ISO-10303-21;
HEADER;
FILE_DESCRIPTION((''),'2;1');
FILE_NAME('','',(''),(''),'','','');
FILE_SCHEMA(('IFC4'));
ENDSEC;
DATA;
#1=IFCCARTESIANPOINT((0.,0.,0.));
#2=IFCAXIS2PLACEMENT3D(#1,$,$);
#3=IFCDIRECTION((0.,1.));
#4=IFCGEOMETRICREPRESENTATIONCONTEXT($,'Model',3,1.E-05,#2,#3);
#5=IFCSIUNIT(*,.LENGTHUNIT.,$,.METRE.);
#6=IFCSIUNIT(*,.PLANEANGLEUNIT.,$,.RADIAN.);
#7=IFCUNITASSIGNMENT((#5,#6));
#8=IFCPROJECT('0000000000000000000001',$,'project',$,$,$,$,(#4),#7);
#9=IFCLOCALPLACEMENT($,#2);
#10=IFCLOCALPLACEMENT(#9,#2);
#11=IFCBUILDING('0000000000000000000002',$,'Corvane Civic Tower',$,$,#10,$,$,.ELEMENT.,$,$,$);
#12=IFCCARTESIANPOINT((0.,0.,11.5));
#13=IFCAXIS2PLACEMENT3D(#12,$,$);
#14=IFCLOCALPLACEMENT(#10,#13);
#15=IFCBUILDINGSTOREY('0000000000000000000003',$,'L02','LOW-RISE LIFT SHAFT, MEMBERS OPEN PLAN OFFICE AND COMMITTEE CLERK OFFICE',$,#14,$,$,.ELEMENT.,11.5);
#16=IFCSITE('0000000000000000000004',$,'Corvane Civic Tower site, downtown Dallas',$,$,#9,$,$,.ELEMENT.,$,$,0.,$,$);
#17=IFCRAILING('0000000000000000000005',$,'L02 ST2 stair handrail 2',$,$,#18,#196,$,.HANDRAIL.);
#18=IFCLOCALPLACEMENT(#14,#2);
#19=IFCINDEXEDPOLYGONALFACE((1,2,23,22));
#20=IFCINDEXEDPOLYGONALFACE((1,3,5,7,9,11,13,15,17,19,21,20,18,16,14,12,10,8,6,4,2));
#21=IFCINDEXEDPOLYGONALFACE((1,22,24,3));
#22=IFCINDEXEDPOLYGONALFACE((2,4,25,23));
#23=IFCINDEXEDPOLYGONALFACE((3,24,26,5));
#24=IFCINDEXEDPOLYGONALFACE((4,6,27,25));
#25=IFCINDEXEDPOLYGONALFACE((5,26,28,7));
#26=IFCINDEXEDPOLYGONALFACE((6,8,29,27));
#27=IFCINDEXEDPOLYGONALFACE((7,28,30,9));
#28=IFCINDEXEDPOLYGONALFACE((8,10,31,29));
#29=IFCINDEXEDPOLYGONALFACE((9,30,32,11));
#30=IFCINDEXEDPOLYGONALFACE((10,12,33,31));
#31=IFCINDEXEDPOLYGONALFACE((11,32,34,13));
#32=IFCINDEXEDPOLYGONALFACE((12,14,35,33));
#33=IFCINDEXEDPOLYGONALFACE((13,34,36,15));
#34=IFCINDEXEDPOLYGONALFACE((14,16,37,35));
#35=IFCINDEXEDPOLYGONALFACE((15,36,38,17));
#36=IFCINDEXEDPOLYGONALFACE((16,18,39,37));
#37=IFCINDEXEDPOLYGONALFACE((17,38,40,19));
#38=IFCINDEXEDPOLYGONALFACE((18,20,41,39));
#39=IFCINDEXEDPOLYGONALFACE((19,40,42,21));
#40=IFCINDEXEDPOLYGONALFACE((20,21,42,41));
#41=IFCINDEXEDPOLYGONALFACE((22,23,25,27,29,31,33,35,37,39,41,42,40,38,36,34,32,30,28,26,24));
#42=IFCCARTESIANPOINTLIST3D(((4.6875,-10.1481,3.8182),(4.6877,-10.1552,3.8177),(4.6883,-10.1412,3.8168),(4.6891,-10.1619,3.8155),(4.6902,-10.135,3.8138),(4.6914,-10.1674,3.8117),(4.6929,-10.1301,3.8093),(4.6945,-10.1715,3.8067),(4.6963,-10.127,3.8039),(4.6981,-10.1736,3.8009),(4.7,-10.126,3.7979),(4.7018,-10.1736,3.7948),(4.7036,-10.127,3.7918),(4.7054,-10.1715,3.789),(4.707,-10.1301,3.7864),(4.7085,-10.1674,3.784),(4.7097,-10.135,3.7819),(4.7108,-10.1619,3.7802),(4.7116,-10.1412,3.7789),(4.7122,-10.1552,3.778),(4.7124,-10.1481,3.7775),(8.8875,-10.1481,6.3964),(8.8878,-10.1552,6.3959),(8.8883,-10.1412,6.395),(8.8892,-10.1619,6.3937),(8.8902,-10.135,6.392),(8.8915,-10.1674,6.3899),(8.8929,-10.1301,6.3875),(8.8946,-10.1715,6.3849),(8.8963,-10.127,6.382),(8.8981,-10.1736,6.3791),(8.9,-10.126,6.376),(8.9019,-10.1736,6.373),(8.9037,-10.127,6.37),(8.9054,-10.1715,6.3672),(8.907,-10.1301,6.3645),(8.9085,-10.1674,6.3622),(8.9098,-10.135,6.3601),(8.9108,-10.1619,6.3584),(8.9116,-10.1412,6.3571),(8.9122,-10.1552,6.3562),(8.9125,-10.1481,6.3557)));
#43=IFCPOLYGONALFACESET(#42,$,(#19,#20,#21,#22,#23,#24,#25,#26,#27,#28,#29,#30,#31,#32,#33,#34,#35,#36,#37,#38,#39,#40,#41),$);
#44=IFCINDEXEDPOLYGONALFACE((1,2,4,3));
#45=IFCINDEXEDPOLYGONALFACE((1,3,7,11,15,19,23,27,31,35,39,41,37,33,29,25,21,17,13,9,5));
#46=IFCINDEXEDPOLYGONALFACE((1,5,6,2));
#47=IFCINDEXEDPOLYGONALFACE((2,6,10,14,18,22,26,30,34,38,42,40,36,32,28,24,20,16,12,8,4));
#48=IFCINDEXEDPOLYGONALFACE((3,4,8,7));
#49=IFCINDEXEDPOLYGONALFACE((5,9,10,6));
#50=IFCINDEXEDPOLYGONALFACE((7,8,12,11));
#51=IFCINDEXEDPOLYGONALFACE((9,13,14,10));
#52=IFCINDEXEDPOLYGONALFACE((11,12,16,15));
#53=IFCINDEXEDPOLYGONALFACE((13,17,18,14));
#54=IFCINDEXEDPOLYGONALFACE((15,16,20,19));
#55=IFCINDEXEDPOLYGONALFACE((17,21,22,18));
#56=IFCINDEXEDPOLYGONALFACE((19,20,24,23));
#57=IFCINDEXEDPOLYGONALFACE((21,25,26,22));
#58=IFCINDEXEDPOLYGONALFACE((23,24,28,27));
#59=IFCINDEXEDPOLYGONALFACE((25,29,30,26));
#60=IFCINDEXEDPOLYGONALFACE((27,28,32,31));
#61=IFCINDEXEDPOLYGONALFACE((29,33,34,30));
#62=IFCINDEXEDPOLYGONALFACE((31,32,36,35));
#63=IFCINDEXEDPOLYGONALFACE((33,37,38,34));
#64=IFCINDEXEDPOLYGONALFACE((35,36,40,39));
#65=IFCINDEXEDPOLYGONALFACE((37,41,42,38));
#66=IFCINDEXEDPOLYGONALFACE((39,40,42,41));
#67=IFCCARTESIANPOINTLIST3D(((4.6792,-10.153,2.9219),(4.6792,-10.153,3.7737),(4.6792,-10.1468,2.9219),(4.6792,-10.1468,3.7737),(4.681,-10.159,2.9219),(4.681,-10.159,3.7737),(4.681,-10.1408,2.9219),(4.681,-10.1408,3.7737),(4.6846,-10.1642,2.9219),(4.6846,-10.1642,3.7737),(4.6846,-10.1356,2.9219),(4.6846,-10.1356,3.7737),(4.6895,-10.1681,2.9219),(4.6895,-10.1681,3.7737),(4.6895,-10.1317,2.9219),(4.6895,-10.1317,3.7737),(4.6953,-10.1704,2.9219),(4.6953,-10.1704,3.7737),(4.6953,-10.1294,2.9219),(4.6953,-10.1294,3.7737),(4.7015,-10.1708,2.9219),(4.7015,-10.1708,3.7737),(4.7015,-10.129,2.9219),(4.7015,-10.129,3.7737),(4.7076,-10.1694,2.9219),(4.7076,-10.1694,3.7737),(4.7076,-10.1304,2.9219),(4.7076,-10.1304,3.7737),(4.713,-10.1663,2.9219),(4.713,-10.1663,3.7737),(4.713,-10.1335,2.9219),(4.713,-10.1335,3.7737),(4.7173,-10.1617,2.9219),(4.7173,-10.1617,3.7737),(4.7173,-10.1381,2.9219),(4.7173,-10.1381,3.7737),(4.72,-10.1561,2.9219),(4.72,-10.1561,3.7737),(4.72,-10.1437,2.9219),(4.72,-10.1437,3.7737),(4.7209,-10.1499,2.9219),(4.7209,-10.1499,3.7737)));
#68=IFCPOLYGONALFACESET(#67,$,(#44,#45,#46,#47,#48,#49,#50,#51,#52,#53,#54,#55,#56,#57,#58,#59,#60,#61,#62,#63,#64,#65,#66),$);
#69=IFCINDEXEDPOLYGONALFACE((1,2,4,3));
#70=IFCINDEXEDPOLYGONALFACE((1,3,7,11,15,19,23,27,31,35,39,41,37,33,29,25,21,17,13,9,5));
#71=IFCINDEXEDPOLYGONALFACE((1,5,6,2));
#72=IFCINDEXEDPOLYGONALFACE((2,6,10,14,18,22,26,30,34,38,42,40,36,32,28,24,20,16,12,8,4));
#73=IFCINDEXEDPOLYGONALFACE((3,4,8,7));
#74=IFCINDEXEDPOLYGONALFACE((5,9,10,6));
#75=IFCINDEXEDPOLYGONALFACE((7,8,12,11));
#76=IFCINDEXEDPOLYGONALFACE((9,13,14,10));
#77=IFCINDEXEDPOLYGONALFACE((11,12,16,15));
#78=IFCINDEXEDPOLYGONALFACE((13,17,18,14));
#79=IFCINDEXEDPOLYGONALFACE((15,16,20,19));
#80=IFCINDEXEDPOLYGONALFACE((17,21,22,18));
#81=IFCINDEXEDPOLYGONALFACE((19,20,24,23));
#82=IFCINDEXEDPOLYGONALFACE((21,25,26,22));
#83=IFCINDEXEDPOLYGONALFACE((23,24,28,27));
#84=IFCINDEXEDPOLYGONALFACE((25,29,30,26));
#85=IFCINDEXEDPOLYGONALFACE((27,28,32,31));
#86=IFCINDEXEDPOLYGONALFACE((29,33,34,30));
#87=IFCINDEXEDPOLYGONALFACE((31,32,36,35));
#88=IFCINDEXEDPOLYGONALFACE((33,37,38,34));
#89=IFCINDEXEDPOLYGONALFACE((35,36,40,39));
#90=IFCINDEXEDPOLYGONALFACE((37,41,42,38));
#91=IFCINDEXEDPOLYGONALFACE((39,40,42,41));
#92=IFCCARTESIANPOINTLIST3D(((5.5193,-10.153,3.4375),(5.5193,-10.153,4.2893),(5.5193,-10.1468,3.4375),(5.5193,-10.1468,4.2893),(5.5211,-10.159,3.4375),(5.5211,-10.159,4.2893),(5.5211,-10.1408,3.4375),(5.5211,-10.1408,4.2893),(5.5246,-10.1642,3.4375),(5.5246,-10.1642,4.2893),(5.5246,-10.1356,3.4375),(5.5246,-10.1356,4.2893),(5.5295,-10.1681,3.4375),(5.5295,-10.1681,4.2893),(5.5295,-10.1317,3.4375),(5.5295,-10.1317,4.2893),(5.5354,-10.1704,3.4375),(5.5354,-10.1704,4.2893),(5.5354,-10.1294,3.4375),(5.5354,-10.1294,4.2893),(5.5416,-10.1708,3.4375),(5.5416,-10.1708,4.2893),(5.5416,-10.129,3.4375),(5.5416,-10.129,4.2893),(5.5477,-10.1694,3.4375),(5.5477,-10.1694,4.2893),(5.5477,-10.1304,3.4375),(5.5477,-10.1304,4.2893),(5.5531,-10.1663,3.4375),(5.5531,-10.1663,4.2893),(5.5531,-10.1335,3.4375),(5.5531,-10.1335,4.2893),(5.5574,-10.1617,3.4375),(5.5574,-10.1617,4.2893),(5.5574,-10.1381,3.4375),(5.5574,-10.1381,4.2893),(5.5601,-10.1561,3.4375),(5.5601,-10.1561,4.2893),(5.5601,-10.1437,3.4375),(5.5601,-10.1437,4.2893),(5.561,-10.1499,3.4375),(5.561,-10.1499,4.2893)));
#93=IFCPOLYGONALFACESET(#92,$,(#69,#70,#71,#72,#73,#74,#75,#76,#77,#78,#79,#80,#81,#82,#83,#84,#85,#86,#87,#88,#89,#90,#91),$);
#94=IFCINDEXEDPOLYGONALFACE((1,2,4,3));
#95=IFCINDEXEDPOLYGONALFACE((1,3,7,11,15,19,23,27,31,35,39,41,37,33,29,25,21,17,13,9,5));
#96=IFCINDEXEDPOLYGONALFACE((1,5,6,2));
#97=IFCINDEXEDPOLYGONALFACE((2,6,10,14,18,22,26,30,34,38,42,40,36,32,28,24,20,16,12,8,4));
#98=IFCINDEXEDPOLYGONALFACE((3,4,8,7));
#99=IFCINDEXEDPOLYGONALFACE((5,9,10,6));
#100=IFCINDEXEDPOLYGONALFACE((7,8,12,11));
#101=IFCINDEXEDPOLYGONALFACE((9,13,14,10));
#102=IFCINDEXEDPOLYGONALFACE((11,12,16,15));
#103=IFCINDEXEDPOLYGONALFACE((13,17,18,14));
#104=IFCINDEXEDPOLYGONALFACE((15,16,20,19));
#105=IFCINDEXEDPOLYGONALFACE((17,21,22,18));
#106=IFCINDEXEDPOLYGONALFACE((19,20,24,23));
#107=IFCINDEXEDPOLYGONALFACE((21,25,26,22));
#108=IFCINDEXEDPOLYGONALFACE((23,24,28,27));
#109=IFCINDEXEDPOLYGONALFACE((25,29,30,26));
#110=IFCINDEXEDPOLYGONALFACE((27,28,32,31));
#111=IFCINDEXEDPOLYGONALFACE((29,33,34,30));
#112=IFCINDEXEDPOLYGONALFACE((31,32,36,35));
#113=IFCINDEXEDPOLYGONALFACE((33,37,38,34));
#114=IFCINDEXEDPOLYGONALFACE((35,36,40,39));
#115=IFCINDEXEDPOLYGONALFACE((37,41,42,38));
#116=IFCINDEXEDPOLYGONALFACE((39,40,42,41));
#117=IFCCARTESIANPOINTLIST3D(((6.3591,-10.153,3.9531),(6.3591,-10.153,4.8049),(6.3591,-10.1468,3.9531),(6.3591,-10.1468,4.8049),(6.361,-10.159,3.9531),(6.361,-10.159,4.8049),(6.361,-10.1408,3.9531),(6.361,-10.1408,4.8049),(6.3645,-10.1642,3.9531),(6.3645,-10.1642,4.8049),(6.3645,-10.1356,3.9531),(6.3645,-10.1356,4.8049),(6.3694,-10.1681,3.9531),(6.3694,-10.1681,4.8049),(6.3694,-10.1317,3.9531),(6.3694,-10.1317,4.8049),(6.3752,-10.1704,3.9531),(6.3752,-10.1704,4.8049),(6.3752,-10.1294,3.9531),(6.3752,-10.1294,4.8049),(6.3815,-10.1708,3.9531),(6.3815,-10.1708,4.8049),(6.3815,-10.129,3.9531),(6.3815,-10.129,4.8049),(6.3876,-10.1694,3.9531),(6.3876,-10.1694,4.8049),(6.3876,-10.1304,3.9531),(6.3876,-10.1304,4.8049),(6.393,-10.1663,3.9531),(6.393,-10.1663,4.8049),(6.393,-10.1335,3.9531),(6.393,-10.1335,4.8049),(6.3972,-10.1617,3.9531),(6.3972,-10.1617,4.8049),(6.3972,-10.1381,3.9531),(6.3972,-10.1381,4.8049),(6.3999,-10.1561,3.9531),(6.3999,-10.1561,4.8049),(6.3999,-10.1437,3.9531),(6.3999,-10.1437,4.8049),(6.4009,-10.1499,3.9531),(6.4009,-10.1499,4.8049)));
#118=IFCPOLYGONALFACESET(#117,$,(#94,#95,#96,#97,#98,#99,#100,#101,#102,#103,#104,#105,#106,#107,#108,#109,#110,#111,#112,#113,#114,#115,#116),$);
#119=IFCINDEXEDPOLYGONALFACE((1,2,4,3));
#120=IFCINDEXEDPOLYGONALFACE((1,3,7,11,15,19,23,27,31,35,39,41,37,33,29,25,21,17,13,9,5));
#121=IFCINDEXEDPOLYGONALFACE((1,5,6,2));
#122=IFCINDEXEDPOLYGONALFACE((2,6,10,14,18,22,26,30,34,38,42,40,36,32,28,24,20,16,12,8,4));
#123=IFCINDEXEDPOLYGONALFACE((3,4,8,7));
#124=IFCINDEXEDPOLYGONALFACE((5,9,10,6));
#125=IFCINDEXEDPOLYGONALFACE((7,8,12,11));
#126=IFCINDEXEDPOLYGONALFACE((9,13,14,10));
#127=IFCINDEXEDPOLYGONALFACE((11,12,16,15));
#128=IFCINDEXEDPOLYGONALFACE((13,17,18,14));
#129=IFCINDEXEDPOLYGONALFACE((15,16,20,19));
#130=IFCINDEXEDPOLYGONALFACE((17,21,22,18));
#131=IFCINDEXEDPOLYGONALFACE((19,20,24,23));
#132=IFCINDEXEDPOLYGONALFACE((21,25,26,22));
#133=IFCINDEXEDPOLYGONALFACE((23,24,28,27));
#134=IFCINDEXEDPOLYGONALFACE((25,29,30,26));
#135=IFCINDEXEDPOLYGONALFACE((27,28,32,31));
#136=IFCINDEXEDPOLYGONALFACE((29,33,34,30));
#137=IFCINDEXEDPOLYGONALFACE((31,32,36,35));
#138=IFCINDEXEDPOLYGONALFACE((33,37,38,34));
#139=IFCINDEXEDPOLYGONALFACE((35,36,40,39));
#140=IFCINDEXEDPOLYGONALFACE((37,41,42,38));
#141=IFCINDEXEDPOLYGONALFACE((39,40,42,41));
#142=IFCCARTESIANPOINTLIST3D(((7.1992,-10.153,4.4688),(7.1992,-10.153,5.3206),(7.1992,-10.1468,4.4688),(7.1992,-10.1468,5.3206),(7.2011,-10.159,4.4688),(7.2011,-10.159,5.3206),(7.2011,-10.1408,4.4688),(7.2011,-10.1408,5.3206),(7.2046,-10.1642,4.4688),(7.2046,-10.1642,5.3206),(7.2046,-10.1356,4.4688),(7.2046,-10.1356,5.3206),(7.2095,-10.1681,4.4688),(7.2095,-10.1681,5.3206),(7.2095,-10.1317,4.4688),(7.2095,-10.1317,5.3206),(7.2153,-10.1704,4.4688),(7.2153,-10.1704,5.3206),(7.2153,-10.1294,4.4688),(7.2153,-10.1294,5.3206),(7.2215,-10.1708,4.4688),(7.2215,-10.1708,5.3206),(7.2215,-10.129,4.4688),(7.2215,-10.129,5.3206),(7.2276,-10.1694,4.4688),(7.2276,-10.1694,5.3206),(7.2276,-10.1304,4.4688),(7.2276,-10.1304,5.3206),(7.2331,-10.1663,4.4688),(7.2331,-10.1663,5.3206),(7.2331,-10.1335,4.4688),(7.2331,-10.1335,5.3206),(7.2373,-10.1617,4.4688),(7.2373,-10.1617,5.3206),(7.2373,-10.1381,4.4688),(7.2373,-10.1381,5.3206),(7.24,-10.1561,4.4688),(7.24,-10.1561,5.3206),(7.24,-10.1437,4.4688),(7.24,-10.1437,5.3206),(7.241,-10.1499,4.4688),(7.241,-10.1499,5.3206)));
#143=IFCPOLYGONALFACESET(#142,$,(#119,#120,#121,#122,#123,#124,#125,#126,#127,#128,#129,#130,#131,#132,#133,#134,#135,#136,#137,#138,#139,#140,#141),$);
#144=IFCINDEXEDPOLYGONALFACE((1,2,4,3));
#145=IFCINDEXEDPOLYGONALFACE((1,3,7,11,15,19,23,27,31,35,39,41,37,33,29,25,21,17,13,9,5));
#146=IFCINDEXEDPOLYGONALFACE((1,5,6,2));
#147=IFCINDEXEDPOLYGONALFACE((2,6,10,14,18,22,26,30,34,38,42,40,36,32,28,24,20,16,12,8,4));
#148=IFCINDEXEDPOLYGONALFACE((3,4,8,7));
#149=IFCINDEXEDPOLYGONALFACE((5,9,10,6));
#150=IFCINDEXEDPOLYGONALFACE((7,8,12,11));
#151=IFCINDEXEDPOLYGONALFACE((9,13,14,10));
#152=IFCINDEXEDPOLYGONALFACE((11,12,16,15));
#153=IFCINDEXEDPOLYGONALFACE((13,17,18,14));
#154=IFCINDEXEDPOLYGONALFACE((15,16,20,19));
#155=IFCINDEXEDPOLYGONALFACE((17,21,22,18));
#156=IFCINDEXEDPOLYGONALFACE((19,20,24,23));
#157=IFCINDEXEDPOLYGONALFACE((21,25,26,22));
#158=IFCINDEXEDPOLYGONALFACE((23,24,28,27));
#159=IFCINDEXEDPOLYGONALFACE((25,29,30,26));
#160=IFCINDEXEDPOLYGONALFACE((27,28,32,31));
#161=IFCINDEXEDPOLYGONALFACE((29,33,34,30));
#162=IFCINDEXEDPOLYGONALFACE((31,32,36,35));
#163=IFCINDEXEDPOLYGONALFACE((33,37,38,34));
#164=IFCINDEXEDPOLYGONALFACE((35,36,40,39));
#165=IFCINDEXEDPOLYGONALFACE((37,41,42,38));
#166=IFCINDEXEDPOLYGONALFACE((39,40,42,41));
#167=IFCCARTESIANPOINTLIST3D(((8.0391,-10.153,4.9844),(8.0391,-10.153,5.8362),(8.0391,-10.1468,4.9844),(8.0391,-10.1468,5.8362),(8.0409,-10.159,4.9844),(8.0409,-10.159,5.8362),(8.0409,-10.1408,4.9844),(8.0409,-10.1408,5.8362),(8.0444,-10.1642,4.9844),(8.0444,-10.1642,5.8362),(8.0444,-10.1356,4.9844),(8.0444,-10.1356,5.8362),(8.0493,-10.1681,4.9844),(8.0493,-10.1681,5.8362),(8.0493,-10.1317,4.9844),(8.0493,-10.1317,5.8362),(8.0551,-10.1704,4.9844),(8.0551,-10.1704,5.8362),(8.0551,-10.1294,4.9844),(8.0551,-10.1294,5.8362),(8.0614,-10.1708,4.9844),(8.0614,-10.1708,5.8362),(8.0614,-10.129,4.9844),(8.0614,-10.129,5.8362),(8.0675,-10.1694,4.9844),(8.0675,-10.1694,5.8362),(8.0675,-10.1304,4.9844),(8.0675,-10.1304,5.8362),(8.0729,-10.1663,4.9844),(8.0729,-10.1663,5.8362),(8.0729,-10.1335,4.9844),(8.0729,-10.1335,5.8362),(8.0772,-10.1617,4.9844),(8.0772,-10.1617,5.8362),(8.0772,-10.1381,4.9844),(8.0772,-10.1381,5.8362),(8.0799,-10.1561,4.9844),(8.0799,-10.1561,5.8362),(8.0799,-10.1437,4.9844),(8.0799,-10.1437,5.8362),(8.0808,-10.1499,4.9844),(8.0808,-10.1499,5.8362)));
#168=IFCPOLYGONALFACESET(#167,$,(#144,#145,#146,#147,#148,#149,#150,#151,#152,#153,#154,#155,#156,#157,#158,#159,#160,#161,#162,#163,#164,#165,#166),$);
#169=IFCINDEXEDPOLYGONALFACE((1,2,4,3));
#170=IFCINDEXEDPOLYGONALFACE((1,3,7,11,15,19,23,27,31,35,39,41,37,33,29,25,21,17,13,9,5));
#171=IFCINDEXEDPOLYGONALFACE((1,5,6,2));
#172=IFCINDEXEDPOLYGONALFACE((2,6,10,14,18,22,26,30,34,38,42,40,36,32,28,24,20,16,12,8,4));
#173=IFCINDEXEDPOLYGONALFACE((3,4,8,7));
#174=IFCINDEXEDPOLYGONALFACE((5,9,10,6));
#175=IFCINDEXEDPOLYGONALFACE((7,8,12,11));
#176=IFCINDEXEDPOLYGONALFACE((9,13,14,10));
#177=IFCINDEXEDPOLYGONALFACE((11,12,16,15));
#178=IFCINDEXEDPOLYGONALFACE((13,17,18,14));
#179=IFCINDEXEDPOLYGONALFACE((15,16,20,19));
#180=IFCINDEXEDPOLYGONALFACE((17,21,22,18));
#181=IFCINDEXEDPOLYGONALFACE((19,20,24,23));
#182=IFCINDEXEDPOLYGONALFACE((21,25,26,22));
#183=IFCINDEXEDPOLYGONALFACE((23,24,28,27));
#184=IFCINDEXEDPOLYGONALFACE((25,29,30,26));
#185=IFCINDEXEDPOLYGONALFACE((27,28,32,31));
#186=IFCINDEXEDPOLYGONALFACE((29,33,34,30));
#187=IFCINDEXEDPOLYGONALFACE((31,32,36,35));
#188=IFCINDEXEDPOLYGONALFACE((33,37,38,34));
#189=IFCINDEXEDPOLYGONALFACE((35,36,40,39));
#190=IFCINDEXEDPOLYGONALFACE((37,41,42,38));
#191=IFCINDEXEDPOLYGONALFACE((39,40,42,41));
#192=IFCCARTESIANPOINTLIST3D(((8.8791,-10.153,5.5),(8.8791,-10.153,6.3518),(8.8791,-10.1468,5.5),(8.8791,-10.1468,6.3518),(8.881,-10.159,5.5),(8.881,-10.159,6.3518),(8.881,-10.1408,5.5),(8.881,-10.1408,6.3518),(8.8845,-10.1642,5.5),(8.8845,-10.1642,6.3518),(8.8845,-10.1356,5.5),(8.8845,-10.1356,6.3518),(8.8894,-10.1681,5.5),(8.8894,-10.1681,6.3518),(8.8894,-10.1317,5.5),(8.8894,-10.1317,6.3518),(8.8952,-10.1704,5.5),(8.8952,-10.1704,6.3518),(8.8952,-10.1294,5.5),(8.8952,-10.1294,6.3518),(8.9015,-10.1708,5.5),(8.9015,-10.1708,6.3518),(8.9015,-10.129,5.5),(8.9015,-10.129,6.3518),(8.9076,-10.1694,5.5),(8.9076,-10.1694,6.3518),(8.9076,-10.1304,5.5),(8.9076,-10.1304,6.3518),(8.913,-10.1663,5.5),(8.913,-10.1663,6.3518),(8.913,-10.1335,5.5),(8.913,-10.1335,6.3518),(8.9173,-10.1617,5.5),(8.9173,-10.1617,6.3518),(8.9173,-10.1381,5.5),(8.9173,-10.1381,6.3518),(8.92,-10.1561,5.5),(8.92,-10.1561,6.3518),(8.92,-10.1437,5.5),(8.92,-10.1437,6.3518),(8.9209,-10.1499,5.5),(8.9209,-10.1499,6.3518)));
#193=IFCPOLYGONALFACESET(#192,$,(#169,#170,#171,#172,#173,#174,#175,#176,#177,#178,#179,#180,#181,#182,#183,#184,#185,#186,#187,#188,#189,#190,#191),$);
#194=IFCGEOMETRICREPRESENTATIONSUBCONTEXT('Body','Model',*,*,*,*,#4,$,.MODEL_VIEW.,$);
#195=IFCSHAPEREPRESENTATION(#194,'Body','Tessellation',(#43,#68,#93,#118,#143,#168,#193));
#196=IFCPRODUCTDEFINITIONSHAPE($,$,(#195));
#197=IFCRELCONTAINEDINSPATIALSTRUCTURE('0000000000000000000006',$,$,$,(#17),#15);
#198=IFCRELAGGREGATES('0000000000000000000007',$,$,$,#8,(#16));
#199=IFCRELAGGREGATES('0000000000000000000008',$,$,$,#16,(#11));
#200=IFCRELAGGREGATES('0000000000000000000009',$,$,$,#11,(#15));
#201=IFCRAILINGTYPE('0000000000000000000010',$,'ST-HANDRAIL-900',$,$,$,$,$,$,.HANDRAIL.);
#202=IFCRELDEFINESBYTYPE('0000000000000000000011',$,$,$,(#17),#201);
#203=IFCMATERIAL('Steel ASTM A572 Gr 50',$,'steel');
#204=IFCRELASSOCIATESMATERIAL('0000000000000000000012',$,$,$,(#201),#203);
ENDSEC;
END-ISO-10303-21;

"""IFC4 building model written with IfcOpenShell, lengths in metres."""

from ifc_helpers import new_model, si_unit, direction, frame, origin, origin_2d, place, context, subcontext, project, spatial, circle, extrude, material, type_object, element, save


model = new_model("IFC4")

# Units and contexts
model_context = context("Model", 3, precision=1e-05, world=origin(), true_north=direction((0.0, 1.0)))
body_context = subcontext(model_context, "Body", "Model", "MODEL_VIEW")
ifc_project = project(units=[si_unit("LENGTHUNIT", "METRE"), si_unit("PLANEANGLEUNIT", "RADIAN")], contexts=[model_context])

# Site, building, storey
site_placement = place(None, origin())
site = spatial("IfcSite", under=ifc_project, at=site_placement, Name="Corvane Civic Tower site, downtown Dallas", CompositionType="ELEMENT", RefElevation=0.0)
building_placement = place(site_placement, origin())
building = spatial("IfcBuilding", under=site, at=building_placement, Name="Corvane Civic Tower", CompositionType="ELEMENT")
storey_placement = place(building_placement, frame((0.0, 0.0, 11.5)))
storey = spatial("IfcBuildingStorey", under=building, at=storey_placement, Name="L02", Description="LOW-RISE LIFT SHAFT, MEMBERS OPEN PLAN OFFICE AND COMMITTEE CLERK OFFICE", CompositionType="ELEMENT", Elevation=11.5)

# Railing
ifc_material_1 = material(Name="Steel ASTM A572 Gr 50", Category="steel")
railing_type_1 = type_object("IfcRailingType", Name="ST-HANDRAIL-900", PredefinedType="HANDRAIL", material=ifc_material_1)
railing_1_placement = place(storey_placement, frame((4.7, -10.1499, 2.9219)))
element("IfcRailing", 1, at=railing_1_placement, inside=storey, type_object=railing_type_1, Name="L02 ST2 stair handrail 2", PredefinedType="HANDRAIL", context=body_context, shape_type="SweptSolid", body=[
    extrude(circle(Radius=0.0239, at=origin_2d()), frame((0.0, 0.0, 0.876), z_axis=(0.852243, 0.0, 0.523146), x_axis=(0.0, 1.0, 0.0)), (0.0, 0.0, 1.0), 4.9282),
    extrude(circle(Radius=0.021, at=origin_2d()), origin(), (0.0, 0.0, 1.0), 0.8518),
    extrude(circle(Radius=0.021, at=origin_2d()), frame((0.8401, 0.0, 0.5156)), (0.0, 0.0, 1.0), 0.8518),
    extrude(circle(Radius=0.021, at=origin_2d()), frame((1.6799, 0.0, 1.0312)), (0.0, 0.0, 1.0), 0.8518),
    extrude(circle(Radius=0.021, at=origin_2d()), frame((2.52, 0.0, 1.5469)), (0.0, 0.0, 1.0), 0.8518),
    extrude(circle(Radius=0.021, at=origin_2d()), frame((3.3599, 0.0, 2.0625)), (0.0, 0.0, 1.0), 0.8518),
    extrude(circle(Radius=0.021, at=origin_2d()), frame((4.2, 0.0, 2.5781)), (0.0, 0.0, 1.0), 0.8518),
])

save(model, "model.ifc")
